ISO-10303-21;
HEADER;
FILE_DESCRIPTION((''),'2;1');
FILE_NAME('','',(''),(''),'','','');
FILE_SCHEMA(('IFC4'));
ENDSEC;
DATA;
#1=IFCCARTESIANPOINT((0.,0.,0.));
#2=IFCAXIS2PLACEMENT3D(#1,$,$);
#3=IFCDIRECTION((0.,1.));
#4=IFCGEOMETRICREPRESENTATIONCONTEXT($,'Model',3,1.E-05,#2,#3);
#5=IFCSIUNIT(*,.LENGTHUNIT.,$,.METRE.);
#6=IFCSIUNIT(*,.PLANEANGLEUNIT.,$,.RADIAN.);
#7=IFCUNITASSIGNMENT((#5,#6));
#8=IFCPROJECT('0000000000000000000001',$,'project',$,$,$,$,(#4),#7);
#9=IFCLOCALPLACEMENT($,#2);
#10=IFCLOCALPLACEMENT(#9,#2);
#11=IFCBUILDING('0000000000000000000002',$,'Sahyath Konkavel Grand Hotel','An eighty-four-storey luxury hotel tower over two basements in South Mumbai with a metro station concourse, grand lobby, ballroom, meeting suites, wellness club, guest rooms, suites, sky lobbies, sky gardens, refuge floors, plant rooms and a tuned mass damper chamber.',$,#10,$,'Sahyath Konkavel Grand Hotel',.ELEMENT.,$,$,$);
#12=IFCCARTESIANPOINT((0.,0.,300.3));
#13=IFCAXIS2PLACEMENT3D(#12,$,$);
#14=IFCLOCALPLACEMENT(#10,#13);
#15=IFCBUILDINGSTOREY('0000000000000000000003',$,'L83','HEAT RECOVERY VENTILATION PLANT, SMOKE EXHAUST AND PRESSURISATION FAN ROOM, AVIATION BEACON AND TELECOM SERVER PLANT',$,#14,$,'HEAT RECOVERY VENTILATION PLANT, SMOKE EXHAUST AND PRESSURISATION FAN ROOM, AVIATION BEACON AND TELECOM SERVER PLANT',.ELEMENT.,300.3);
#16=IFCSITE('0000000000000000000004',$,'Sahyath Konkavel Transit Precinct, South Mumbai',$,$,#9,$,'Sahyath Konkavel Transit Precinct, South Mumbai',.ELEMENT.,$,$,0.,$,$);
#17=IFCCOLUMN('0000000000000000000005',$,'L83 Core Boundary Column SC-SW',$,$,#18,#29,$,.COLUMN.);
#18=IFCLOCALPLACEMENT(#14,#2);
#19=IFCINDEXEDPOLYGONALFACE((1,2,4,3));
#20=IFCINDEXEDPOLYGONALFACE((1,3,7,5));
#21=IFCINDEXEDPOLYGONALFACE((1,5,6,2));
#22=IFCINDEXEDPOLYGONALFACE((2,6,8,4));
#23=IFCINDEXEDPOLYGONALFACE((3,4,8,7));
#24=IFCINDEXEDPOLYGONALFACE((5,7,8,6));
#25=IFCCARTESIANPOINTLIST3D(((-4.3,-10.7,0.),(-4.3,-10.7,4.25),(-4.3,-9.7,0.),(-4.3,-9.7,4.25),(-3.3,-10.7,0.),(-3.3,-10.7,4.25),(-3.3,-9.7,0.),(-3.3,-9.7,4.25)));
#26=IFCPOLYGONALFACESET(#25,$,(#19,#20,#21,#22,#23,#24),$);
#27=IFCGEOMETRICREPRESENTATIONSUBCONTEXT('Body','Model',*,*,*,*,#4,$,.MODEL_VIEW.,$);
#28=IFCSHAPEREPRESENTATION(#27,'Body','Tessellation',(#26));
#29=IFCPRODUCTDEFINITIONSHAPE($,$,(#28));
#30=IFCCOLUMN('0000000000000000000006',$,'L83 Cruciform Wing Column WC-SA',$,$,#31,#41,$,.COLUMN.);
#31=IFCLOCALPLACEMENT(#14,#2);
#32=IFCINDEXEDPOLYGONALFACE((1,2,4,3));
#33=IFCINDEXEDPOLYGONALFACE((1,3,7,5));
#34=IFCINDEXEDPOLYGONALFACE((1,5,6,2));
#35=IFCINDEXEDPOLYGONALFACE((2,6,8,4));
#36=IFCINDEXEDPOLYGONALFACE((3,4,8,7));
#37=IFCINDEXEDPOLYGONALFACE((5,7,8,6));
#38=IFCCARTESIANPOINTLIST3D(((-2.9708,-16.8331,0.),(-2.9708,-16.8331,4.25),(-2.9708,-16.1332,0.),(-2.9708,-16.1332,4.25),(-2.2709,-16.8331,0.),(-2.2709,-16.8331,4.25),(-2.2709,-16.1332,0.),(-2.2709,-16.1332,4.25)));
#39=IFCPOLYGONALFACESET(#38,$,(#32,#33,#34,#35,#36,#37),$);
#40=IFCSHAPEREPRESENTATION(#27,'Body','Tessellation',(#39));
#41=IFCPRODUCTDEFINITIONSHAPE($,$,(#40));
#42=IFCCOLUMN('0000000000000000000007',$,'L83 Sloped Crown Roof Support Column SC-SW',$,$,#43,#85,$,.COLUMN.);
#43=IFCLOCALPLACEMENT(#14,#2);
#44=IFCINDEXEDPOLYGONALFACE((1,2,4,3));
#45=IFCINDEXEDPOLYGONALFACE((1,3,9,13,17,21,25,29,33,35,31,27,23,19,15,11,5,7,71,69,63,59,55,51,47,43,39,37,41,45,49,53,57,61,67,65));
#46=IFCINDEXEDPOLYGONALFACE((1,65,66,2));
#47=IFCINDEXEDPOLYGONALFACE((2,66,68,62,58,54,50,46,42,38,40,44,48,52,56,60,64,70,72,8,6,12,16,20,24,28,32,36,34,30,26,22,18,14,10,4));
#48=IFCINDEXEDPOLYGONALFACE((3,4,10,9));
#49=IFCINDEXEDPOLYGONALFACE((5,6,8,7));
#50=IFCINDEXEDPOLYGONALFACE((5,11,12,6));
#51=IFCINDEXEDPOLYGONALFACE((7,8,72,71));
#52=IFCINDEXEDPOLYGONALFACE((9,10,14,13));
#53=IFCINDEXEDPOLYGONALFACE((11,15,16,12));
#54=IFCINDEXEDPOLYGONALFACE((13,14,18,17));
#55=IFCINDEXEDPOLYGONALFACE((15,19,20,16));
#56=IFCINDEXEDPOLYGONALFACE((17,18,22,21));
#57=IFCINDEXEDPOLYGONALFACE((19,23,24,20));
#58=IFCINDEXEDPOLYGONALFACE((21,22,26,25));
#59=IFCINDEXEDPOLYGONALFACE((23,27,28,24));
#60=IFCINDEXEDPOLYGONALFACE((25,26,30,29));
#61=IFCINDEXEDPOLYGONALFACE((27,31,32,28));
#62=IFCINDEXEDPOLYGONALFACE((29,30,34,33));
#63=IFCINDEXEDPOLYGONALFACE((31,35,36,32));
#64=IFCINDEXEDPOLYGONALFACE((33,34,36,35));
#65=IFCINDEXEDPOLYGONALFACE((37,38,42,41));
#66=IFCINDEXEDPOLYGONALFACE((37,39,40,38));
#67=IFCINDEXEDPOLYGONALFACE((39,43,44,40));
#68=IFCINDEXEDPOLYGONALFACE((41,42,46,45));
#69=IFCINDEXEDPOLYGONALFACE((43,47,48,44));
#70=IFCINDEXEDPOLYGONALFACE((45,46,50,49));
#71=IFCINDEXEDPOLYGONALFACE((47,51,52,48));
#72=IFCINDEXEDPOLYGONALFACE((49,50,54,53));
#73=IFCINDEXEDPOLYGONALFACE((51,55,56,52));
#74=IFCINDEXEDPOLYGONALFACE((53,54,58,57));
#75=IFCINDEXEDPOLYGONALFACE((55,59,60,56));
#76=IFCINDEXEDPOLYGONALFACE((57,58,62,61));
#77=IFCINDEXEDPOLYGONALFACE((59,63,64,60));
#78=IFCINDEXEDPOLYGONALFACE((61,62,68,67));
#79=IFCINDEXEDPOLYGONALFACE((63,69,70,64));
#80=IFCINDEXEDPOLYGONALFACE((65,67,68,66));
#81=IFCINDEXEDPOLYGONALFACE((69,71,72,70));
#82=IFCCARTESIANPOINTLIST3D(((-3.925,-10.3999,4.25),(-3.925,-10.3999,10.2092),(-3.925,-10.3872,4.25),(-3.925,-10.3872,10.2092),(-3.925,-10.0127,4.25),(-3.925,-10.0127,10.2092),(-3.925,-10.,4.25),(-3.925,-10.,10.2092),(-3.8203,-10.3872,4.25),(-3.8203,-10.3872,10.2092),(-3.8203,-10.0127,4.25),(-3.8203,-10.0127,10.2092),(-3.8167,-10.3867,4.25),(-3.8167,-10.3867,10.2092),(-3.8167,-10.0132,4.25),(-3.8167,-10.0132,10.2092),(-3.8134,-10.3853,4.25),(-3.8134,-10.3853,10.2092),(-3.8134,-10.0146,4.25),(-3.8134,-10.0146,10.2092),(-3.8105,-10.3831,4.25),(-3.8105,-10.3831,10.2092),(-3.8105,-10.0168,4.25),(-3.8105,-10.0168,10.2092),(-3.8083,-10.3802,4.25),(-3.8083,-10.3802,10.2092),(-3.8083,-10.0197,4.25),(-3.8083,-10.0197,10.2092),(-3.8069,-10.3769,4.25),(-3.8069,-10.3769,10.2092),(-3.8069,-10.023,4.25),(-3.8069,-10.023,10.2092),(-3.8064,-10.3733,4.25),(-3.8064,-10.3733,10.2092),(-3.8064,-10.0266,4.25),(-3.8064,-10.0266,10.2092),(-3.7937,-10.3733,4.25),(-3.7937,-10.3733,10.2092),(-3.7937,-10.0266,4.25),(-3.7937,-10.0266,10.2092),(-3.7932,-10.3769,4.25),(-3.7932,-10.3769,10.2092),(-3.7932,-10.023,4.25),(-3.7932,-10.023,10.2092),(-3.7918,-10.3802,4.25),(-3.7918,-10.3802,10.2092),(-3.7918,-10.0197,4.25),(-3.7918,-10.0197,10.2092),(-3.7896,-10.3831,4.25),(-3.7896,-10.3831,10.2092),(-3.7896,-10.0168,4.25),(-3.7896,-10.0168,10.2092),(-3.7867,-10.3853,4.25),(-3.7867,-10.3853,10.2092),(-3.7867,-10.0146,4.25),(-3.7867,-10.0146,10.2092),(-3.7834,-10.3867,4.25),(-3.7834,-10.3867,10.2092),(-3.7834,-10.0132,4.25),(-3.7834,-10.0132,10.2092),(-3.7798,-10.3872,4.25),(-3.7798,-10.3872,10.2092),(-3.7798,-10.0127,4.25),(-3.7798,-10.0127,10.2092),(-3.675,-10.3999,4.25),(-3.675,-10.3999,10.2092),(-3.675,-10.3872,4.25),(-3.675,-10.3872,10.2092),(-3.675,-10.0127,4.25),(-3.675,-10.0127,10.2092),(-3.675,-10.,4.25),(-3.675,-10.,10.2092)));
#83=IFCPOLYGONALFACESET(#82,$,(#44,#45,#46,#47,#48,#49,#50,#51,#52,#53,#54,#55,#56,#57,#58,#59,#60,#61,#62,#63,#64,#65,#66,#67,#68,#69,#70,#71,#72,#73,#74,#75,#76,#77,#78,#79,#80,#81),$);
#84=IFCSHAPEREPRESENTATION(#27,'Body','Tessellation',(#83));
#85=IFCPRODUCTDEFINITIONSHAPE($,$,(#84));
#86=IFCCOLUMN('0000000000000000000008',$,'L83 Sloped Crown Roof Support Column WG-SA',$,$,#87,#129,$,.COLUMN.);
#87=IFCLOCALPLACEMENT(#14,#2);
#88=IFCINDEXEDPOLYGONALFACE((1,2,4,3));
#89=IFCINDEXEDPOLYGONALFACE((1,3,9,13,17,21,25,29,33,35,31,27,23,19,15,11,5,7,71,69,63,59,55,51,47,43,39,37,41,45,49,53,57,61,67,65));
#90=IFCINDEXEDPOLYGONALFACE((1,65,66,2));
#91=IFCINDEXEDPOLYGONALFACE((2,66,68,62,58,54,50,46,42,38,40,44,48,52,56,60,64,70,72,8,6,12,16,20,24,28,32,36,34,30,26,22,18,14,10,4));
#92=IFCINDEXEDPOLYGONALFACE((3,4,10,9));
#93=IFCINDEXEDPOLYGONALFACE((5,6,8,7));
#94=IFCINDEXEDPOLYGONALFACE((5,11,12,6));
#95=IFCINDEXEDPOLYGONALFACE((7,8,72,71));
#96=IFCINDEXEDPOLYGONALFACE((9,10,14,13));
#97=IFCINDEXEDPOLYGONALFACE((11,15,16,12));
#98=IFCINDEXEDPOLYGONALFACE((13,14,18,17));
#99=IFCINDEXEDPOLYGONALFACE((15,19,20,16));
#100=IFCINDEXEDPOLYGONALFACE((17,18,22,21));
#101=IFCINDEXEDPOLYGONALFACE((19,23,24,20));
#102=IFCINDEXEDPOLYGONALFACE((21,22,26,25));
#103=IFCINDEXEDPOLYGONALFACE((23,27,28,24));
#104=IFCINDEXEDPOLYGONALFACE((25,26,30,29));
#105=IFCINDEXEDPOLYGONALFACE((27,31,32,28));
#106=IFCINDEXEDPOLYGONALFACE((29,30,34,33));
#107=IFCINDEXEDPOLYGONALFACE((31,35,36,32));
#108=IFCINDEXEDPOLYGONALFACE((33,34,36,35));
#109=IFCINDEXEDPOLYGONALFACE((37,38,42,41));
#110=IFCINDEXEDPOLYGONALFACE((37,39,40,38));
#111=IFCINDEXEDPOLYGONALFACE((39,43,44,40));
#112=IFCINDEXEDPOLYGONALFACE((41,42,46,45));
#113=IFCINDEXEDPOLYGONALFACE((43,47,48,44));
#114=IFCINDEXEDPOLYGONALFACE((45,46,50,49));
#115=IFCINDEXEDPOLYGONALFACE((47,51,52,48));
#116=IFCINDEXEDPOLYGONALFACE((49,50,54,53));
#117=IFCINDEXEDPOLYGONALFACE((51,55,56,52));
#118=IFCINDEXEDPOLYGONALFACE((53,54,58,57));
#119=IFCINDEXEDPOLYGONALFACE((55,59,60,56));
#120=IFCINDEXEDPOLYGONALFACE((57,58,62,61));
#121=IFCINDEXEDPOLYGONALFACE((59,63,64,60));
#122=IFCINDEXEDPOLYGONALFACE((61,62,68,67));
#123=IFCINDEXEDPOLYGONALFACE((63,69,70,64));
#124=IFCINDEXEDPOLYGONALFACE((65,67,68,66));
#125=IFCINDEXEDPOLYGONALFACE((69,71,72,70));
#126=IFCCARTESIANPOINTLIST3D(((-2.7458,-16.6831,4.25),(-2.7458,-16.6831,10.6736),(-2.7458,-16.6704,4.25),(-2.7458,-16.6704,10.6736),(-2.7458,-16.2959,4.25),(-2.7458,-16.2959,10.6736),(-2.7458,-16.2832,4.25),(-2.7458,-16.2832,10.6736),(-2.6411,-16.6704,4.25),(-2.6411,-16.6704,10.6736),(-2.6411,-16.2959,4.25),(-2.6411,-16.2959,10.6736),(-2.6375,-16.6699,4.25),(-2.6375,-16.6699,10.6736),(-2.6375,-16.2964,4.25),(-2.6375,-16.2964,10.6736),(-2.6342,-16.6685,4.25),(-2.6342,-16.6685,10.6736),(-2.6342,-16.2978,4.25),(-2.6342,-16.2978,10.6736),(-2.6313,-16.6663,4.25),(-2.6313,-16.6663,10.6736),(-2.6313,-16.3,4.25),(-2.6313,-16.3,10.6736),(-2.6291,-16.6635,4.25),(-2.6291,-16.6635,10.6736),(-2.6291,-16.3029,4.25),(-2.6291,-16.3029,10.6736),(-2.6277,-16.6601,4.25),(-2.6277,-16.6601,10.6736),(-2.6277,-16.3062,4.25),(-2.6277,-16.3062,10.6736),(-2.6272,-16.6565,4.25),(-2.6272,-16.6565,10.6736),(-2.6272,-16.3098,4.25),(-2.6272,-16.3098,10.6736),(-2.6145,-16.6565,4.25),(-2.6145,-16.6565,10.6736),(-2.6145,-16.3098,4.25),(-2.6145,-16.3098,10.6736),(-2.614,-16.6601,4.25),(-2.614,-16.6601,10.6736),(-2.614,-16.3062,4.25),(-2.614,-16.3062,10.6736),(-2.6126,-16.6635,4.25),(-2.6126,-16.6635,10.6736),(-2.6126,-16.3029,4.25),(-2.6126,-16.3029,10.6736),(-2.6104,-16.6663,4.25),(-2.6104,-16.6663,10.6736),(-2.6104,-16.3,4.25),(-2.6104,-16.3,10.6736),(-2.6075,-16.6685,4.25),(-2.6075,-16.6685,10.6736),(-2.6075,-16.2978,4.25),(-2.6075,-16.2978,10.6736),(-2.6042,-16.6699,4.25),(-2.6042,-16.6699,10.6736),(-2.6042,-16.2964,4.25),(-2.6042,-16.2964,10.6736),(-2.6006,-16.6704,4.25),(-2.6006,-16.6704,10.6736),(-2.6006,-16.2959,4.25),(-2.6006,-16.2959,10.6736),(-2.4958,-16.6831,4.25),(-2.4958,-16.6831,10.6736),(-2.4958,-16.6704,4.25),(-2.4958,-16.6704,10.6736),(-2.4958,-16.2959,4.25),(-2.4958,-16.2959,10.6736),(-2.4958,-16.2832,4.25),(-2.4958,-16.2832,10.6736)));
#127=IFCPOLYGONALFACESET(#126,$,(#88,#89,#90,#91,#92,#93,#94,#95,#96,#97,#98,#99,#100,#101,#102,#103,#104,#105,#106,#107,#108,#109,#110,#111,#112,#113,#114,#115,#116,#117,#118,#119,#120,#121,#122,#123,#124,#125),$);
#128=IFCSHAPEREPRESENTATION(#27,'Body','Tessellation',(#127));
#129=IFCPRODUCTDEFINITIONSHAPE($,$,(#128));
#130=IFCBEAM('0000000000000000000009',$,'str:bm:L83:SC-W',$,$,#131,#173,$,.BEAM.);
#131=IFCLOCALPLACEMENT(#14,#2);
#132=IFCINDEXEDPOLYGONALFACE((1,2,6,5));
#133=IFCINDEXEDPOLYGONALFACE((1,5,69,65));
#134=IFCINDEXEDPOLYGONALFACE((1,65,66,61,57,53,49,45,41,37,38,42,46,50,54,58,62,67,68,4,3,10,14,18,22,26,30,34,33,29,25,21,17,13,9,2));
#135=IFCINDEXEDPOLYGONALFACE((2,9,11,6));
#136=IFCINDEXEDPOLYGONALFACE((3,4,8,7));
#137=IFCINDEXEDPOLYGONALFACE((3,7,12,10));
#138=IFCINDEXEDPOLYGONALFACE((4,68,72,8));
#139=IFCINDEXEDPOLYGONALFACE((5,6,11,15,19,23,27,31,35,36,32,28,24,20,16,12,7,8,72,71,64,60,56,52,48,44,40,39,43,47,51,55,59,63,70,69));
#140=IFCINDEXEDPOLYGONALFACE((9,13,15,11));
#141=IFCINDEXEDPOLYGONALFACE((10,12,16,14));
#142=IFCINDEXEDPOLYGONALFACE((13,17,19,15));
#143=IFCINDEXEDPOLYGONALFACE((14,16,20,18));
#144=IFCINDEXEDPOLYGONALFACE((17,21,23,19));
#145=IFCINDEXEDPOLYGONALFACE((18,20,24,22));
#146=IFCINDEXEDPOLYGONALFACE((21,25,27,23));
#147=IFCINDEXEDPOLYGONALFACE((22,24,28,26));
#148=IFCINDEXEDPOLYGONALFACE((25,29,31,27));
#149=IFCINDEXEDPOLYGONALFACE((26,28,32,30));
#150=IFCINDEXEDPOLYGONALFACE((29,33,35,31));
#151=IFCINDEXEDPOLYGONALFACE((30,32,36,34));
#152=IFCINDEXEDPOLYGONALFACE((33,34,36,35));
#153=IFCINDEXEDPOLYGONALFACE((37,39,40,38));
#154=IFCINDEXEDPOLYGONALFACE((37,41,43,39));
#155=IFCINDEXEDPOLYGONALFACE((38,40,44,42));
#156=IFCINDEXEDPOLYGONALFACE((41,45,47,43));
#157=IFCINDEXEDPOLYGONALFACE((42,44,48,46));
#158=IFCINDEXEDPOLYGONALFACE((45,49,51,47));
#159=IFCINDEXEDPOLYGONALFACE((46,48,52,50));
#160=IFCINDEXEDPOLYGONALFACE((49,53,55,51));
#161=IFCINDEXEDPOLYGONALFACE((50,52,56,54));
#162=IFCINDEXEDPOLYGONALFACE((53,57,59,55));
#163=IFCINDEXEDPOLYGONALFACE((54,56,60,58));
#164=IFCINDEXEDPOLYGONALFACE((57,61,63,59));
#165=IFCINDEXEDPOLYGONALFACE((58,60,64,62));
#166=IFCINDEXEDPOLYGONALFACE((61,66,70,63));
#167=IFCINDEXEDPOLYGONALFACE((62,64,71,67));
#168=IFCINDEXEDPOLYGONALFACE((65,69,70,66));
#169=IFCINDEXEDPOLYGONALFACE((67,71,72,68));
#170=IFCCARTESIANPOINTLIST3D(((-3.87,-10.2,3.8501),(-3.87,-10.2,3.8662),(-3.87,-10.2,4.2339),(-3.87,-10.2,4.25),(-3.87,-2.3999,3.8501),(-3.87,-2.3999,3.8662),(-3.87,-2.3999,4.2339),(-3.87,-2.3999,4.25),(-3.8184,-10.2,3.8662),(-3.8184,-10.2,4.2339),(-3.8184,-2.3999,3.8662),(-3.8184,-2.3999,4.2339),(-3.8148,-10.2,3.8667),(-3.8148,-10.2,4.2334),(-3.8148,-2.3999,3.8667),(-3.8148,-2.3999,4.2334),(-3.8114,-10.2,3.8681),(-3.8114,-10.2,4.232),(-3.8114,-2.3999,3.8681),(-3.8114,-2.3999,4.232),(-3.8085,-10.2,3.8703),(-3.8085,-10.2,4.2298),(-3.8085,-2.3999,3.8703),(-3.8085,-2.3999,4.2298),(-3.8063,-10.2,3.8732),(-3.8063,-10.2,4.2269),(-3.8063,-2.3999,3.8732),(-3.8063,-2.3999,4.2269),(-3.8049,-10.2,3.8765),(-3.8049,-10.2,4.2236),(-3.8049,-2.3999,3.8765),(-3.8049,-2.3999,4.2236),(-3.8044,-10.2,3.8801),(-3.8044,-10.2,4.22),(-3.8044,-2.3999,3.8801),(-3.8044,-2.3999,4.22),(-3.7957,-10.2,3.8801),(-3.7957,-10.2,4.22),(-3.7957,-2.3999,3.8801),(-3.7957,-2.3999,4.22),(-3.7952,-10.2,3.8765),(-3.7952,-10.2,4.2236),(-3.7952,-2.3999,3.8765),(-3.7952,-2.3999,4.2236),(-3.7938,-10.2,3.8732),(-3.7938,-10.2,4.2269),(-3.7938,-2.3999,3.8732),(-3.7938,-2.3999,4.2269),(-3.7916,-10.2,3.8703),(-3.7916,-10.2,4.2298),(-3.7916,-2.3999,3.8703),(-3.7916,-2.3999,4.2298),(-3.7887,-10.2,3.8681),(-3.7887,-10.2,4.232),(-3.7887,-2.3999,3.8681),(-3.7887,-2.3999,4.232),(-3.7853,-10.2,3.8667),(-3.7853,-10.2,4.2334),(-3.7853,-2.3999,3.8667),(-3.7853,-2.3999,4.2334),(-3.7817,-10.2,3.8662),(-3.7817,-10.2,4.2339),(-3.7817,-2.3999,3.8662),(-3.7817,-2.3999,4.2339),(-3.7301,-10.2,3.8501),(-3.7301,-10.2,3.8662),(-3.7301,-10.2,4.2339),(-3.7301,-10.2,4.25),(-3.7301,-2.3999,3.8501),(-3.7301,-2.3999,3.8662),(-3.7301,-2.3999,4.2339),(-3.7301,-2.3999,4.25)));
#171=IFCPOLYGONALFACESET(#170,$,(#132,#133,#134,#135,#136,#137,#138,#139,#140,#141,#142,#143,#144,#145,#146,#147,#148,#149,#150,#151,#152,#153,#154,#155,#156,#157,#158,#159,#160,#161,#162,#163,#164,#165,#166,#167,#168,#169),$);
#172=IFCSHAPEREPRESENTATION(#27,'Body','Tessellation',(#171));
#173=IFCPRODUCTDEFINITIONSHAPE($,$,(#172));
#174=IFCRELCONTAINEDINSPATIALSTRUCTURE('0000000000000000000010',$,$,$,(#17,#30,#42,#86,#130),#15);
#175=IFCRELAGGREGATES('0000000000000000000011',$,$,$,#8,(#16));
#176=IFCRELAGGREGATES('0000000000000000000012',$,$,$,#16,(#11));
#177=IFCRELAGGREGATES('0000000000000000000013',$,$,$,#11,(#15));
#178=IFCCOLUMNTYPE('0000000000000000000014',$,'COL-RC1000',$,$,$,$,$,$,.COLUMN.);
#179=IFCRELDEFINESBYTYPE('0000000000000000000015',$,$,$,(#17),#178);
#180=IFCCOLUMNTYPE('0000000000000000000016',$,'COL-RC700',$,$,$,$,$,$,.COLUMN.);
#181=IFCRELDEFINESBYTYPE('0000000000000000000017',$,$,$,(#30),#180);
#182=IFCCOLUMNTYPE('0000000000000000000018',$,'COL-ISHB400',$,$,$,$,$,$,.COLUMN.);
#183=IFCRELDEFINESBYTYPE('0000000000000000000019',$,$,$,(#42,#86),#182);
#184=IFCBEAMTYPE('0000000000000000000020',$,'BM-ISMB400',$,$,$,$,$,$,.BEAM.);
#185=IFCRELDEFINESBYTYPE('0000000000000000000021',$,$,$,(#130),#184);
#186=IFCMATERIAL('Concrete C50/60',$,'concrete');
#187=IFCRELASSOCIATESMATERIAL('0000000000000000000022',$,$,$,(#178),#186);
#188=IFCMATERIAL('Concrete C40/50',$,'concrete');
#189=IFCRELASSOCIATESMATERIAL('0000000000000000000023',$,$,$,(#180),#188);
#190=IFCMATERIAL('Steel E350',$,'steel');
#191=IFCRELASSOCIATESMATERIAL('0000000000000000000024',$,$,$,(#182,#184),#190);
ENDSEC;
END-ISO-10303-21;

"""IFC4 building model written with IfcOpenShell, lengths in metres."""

from ifc_helpers import new_model, si_unit, direction, frame, origin, origin_2d, place, context, subcontext, project, spatial, rectangle, i_section, extrude, source, transform, mapped, material, material_profile, profile_set, type_object, element, save


model = new_model("IFC4")

# Units and contexts
model_context = context("Model", 3, precision=1e-05, world=origin(), true_north=direction((0.0, 1.0)))
body_context = subcontext(model_context, "Body", "Model", "MODEL_VIEW")
ifc_project = project(units=[si_unit("LENGTHUNIT", "METRE"), si_unit("PLANEANGLEUNIT", "RADIAN")], contexts=[model_context])

# Site, building, storey
site_placement = place(None, origin())
site = spatial("IfcSite", under=ifc_project, at=site_placement, Name="Sahyath Konkavel Transit Precinct, South Mumbai", LongName="Sahyath Konkavel Transit Precinct, South Mumbai", CompositionType="ELEMENT", RefElevation=0.0)
building_placement = place(site_placement, origin())
building = spatial("IfcBuilding", under=site, at=building_placement, Name="Sahyath Konkavel Grand Hotel", Description="An eighty-four-storey luxury hotel tower over two basements in South Mumbai with a metro station concourse, grand lobby, ballroom, meeting suites, wellness club, guest rooms, suites, sky lobbies, sky gardens, refuge floors, plant rooms and a tuned mass damper chamber.", LongName="Sahyath Konkavel Grand Hotel", CompositionType="ELEMENT")
storey_placement = place(building_placement, frame((0.0, 0.0, 300.3)))
storey = spatial("IfcBuildingStorey", under=building, at=storey_placement, Name="L83", Description="HEAT RECOVERY VENTILATION PLANT, SMOKE EXHAUST AND PRESSURISATION FAN ROOM, AVIATION BEACON AND TELECOM SERVER PLANT", LongName="HEAT RECOVERY VENTILATION PLANT, SMOKE EXHAUST AND PRESSURISATION FAN ROOM, AVIATION BEACON AND TELECOM SERVER PLANT", CompositionType="ELEMENT", Elevation=300.3)

# Columns
ifc_material_1 = material(Name="Concrete C50/60", Category="concrete")
ifc_material_profile_1 = material_profile(ifc_material_1, rectangle(XDim=1.0, YDim=1.0, at=origin_2d()), Name="RC 1000x1000")
ifc_profile_set_1 = profile_set([ifc_material_profile_1], Name="Concrete C50/60")
column_type_1 = type_object("IfcColumnType", Name="COL-RC1000", PredefinedType="COLUMN", material=ifc_profile_set_1)
shared_shape_1 = source(origin(), body_context, "Body", "SweptSolid", [
    extrude(rectangle(XDim=1.0, YDim=1.0, at=origin_2d()), origin(), (0.0, 0.0, 1.0), 4.25),
])
column_1_placement = place(storey_placement, frame((-3.8, -10.2, 0.0), z_axis=(0.0, 0.0, 1.0), x_axis=(1.0, 0.0, 0.0)))
element("IfcColumn", 1, at=column_1_placement, inside=storey, type_object=column_type_1, Name="L83 Core Boundary Column SC-SW", PredefinedType="COLUMN", context=body_context, shape_type="MappedRepresentation", body=[
    mapped(shared_shape_1, transform((0.0, 0.0, 0.0), scale=1.0)),
])
ifc_material_2 = material(Name="Concrete C40/50", Category="concrete")
ifc_material_profile_2 = material_profile(ifc_material_2, rectangle(XDim=0.7, YDim=0.7, at=origin_2d()), Name="RC 700x700")
ifc_profile_set_2 = profile_set([ifc_material_profile_2], Name="Concrete C40/50")
column_type_2 = type_object("IfcColumnType", Name="COL-RC700", PredefinedType="COLUMN", material=ifc_profile_set_2)
shared_shape_2 = source(origin(), body_context, "Body", "SweptSolid", [
    extrude(rectangle(XDim=0.7, YDim=0.7, at=origin_2d()), origin(), (0.0, 0.0, 1.0), 4.25),
])
column_2_placement = place(storey_placement, frame((-2.6208, -16.4832, 0.0), z_axis=(0.0, 0.0, 1.0), x_axis=(1.0, 0.0, 0.0)))
element("IfcColumn", 2, at=column_2_placement, inside=storey, type_object=column_type_2, Name="L83 Cruciform Wing Column WC-SA", PredefinedType="COLUMN", context=body_context, shape_type="MappedRepresentation", body=[
    mapped(shared_shape_2, transform((0.0, 0.0, 0.0), scale=1.0)),
])
ifc_material_3 = material(Name="Steel E350", Category="steel")
ifc_material_profile_3 = material_profile(ifc_material_3, i_section(OverallWidth=0.25, OverallDepth=0.3999, WebThickness=0.0127, FlangeThickness=0.0127, FilletRadius=0.0139, at=origin_2d()), Name="ISHB 400")
ifc_profile_set_3 = profile_set([ifc_material_profile_3], Name="Steel E350")
column_type_3 = type_object("IfcColumnType", Name="COL-ISHB400", PredefinedType="COLUMN", material=ifc_profile_set_3)
shared_shape_3 = source(origin(), body_context, "Body", "SweptSolid", [
    extrude(i_section(OverallWidth=0.25, OverallDepth=0.3999, WebThickness=0.0127, FlangeThickness=0.0127, FilletRadius=0.0139, at=origin_2d()), origin(), (0.0, 0.0, 1.0), 5.9592),
])
column_3_placement = place(storey_placement, frame((-3.8, -10.2, 4.25), z_axis=(0.0, 0.0, 1.0), x_axis=(1.0, 0.0, 0.0)))
element("IfcColumn", 3, at=column_3_placement, inside=storey, type_object=column_type_3, Name="L83 Sloped Crown Roof Support Column SC-SW", PredefinedType="COLUMN", context=body_context, shape_type="MappedRepresentation", body=[
    mapped(shared_shape_3, transform((0.0, 0.0, 0.0), scale=1.0)),
])
shared_shape_4 = source(origin(), body_context, "Body", "SweptSolid", [
    extrude(i_section(OverallWidth=0.25, OverallDepth=0.3999, WebThickness=0.0127, FlangeThickness=0.0127, FilletRadius=0.0139, at=origin_2d()), origin(), (0.0, 0.0, 1.0), 6.4236),
])
column_4_placement = place(storey_placement, frame((-2.6208, -16.4832, 4.25), z_axis=(0.0, 0.0, 1.0), x_axis=(1.0, 0.0, 0.0)))
element("IfcColumn", 4, at=column_4_placement, inside=storey, type_object=column_type_3, Name="L83 Sloped Crown Roof Support Column WG-SA", PredefinedType="COLUMN", context=body_context, shape_type="MappedRepresentation", body=[
    mapped(shared_shape_4, transform((0.0, 0.0, 0.0), scale=1.0)),
])

# Beam
ifc_material_profile_4 = material_profile(ifc_material_3, i_section(OverallWidth=0.1399, OverallDepth=0.3999, WebThickness=0.0088, FlangeThickness=0.0161, FilletRadius=0.0139, at=origin_2d()), Name="ISMB 400")
ifc_profile_set_4 = profile_set([ifc_material_profile_4], Name="Steel E350")
beam_type_1 = type_object("IfcBeamType", Name="BM-ISMB400", PredefinedType="BEAM", material=ifc_profile_set_4)
shared_shape_5 = source(origin(), body_context, "Body", "SweptSolid", [
    extrude(i_section(OverallWidth=0.1399, OverallDepth=0.3999, WebThickness=0.0088, FlangeThickness=0.0161, FilletRadius=0.0139, at=origin_2d()), origin(), (0.0, 0.0, 1.0), 7.8),
])
beam_1_placement = place(storey_placement, frame((-3.8, -10.2, 4.05), z_axis=(0.0, 1.0, 0.0), x_axis=(-1.0, 0.0, 0.0)))
element("IfcBeam", 5, at=beam_1_placement, inside=storey, type_object=beam_type_1, Name="str:bm:L83:SC-W", PredefinedType="BEAM", context=body_context, shape_type="MappedRepresentation", body=[
    mapped(shared_shape_5, transform((0.0, 0.0, 0.0), scale=1.0)),
])

save(model, "model.ifc")
